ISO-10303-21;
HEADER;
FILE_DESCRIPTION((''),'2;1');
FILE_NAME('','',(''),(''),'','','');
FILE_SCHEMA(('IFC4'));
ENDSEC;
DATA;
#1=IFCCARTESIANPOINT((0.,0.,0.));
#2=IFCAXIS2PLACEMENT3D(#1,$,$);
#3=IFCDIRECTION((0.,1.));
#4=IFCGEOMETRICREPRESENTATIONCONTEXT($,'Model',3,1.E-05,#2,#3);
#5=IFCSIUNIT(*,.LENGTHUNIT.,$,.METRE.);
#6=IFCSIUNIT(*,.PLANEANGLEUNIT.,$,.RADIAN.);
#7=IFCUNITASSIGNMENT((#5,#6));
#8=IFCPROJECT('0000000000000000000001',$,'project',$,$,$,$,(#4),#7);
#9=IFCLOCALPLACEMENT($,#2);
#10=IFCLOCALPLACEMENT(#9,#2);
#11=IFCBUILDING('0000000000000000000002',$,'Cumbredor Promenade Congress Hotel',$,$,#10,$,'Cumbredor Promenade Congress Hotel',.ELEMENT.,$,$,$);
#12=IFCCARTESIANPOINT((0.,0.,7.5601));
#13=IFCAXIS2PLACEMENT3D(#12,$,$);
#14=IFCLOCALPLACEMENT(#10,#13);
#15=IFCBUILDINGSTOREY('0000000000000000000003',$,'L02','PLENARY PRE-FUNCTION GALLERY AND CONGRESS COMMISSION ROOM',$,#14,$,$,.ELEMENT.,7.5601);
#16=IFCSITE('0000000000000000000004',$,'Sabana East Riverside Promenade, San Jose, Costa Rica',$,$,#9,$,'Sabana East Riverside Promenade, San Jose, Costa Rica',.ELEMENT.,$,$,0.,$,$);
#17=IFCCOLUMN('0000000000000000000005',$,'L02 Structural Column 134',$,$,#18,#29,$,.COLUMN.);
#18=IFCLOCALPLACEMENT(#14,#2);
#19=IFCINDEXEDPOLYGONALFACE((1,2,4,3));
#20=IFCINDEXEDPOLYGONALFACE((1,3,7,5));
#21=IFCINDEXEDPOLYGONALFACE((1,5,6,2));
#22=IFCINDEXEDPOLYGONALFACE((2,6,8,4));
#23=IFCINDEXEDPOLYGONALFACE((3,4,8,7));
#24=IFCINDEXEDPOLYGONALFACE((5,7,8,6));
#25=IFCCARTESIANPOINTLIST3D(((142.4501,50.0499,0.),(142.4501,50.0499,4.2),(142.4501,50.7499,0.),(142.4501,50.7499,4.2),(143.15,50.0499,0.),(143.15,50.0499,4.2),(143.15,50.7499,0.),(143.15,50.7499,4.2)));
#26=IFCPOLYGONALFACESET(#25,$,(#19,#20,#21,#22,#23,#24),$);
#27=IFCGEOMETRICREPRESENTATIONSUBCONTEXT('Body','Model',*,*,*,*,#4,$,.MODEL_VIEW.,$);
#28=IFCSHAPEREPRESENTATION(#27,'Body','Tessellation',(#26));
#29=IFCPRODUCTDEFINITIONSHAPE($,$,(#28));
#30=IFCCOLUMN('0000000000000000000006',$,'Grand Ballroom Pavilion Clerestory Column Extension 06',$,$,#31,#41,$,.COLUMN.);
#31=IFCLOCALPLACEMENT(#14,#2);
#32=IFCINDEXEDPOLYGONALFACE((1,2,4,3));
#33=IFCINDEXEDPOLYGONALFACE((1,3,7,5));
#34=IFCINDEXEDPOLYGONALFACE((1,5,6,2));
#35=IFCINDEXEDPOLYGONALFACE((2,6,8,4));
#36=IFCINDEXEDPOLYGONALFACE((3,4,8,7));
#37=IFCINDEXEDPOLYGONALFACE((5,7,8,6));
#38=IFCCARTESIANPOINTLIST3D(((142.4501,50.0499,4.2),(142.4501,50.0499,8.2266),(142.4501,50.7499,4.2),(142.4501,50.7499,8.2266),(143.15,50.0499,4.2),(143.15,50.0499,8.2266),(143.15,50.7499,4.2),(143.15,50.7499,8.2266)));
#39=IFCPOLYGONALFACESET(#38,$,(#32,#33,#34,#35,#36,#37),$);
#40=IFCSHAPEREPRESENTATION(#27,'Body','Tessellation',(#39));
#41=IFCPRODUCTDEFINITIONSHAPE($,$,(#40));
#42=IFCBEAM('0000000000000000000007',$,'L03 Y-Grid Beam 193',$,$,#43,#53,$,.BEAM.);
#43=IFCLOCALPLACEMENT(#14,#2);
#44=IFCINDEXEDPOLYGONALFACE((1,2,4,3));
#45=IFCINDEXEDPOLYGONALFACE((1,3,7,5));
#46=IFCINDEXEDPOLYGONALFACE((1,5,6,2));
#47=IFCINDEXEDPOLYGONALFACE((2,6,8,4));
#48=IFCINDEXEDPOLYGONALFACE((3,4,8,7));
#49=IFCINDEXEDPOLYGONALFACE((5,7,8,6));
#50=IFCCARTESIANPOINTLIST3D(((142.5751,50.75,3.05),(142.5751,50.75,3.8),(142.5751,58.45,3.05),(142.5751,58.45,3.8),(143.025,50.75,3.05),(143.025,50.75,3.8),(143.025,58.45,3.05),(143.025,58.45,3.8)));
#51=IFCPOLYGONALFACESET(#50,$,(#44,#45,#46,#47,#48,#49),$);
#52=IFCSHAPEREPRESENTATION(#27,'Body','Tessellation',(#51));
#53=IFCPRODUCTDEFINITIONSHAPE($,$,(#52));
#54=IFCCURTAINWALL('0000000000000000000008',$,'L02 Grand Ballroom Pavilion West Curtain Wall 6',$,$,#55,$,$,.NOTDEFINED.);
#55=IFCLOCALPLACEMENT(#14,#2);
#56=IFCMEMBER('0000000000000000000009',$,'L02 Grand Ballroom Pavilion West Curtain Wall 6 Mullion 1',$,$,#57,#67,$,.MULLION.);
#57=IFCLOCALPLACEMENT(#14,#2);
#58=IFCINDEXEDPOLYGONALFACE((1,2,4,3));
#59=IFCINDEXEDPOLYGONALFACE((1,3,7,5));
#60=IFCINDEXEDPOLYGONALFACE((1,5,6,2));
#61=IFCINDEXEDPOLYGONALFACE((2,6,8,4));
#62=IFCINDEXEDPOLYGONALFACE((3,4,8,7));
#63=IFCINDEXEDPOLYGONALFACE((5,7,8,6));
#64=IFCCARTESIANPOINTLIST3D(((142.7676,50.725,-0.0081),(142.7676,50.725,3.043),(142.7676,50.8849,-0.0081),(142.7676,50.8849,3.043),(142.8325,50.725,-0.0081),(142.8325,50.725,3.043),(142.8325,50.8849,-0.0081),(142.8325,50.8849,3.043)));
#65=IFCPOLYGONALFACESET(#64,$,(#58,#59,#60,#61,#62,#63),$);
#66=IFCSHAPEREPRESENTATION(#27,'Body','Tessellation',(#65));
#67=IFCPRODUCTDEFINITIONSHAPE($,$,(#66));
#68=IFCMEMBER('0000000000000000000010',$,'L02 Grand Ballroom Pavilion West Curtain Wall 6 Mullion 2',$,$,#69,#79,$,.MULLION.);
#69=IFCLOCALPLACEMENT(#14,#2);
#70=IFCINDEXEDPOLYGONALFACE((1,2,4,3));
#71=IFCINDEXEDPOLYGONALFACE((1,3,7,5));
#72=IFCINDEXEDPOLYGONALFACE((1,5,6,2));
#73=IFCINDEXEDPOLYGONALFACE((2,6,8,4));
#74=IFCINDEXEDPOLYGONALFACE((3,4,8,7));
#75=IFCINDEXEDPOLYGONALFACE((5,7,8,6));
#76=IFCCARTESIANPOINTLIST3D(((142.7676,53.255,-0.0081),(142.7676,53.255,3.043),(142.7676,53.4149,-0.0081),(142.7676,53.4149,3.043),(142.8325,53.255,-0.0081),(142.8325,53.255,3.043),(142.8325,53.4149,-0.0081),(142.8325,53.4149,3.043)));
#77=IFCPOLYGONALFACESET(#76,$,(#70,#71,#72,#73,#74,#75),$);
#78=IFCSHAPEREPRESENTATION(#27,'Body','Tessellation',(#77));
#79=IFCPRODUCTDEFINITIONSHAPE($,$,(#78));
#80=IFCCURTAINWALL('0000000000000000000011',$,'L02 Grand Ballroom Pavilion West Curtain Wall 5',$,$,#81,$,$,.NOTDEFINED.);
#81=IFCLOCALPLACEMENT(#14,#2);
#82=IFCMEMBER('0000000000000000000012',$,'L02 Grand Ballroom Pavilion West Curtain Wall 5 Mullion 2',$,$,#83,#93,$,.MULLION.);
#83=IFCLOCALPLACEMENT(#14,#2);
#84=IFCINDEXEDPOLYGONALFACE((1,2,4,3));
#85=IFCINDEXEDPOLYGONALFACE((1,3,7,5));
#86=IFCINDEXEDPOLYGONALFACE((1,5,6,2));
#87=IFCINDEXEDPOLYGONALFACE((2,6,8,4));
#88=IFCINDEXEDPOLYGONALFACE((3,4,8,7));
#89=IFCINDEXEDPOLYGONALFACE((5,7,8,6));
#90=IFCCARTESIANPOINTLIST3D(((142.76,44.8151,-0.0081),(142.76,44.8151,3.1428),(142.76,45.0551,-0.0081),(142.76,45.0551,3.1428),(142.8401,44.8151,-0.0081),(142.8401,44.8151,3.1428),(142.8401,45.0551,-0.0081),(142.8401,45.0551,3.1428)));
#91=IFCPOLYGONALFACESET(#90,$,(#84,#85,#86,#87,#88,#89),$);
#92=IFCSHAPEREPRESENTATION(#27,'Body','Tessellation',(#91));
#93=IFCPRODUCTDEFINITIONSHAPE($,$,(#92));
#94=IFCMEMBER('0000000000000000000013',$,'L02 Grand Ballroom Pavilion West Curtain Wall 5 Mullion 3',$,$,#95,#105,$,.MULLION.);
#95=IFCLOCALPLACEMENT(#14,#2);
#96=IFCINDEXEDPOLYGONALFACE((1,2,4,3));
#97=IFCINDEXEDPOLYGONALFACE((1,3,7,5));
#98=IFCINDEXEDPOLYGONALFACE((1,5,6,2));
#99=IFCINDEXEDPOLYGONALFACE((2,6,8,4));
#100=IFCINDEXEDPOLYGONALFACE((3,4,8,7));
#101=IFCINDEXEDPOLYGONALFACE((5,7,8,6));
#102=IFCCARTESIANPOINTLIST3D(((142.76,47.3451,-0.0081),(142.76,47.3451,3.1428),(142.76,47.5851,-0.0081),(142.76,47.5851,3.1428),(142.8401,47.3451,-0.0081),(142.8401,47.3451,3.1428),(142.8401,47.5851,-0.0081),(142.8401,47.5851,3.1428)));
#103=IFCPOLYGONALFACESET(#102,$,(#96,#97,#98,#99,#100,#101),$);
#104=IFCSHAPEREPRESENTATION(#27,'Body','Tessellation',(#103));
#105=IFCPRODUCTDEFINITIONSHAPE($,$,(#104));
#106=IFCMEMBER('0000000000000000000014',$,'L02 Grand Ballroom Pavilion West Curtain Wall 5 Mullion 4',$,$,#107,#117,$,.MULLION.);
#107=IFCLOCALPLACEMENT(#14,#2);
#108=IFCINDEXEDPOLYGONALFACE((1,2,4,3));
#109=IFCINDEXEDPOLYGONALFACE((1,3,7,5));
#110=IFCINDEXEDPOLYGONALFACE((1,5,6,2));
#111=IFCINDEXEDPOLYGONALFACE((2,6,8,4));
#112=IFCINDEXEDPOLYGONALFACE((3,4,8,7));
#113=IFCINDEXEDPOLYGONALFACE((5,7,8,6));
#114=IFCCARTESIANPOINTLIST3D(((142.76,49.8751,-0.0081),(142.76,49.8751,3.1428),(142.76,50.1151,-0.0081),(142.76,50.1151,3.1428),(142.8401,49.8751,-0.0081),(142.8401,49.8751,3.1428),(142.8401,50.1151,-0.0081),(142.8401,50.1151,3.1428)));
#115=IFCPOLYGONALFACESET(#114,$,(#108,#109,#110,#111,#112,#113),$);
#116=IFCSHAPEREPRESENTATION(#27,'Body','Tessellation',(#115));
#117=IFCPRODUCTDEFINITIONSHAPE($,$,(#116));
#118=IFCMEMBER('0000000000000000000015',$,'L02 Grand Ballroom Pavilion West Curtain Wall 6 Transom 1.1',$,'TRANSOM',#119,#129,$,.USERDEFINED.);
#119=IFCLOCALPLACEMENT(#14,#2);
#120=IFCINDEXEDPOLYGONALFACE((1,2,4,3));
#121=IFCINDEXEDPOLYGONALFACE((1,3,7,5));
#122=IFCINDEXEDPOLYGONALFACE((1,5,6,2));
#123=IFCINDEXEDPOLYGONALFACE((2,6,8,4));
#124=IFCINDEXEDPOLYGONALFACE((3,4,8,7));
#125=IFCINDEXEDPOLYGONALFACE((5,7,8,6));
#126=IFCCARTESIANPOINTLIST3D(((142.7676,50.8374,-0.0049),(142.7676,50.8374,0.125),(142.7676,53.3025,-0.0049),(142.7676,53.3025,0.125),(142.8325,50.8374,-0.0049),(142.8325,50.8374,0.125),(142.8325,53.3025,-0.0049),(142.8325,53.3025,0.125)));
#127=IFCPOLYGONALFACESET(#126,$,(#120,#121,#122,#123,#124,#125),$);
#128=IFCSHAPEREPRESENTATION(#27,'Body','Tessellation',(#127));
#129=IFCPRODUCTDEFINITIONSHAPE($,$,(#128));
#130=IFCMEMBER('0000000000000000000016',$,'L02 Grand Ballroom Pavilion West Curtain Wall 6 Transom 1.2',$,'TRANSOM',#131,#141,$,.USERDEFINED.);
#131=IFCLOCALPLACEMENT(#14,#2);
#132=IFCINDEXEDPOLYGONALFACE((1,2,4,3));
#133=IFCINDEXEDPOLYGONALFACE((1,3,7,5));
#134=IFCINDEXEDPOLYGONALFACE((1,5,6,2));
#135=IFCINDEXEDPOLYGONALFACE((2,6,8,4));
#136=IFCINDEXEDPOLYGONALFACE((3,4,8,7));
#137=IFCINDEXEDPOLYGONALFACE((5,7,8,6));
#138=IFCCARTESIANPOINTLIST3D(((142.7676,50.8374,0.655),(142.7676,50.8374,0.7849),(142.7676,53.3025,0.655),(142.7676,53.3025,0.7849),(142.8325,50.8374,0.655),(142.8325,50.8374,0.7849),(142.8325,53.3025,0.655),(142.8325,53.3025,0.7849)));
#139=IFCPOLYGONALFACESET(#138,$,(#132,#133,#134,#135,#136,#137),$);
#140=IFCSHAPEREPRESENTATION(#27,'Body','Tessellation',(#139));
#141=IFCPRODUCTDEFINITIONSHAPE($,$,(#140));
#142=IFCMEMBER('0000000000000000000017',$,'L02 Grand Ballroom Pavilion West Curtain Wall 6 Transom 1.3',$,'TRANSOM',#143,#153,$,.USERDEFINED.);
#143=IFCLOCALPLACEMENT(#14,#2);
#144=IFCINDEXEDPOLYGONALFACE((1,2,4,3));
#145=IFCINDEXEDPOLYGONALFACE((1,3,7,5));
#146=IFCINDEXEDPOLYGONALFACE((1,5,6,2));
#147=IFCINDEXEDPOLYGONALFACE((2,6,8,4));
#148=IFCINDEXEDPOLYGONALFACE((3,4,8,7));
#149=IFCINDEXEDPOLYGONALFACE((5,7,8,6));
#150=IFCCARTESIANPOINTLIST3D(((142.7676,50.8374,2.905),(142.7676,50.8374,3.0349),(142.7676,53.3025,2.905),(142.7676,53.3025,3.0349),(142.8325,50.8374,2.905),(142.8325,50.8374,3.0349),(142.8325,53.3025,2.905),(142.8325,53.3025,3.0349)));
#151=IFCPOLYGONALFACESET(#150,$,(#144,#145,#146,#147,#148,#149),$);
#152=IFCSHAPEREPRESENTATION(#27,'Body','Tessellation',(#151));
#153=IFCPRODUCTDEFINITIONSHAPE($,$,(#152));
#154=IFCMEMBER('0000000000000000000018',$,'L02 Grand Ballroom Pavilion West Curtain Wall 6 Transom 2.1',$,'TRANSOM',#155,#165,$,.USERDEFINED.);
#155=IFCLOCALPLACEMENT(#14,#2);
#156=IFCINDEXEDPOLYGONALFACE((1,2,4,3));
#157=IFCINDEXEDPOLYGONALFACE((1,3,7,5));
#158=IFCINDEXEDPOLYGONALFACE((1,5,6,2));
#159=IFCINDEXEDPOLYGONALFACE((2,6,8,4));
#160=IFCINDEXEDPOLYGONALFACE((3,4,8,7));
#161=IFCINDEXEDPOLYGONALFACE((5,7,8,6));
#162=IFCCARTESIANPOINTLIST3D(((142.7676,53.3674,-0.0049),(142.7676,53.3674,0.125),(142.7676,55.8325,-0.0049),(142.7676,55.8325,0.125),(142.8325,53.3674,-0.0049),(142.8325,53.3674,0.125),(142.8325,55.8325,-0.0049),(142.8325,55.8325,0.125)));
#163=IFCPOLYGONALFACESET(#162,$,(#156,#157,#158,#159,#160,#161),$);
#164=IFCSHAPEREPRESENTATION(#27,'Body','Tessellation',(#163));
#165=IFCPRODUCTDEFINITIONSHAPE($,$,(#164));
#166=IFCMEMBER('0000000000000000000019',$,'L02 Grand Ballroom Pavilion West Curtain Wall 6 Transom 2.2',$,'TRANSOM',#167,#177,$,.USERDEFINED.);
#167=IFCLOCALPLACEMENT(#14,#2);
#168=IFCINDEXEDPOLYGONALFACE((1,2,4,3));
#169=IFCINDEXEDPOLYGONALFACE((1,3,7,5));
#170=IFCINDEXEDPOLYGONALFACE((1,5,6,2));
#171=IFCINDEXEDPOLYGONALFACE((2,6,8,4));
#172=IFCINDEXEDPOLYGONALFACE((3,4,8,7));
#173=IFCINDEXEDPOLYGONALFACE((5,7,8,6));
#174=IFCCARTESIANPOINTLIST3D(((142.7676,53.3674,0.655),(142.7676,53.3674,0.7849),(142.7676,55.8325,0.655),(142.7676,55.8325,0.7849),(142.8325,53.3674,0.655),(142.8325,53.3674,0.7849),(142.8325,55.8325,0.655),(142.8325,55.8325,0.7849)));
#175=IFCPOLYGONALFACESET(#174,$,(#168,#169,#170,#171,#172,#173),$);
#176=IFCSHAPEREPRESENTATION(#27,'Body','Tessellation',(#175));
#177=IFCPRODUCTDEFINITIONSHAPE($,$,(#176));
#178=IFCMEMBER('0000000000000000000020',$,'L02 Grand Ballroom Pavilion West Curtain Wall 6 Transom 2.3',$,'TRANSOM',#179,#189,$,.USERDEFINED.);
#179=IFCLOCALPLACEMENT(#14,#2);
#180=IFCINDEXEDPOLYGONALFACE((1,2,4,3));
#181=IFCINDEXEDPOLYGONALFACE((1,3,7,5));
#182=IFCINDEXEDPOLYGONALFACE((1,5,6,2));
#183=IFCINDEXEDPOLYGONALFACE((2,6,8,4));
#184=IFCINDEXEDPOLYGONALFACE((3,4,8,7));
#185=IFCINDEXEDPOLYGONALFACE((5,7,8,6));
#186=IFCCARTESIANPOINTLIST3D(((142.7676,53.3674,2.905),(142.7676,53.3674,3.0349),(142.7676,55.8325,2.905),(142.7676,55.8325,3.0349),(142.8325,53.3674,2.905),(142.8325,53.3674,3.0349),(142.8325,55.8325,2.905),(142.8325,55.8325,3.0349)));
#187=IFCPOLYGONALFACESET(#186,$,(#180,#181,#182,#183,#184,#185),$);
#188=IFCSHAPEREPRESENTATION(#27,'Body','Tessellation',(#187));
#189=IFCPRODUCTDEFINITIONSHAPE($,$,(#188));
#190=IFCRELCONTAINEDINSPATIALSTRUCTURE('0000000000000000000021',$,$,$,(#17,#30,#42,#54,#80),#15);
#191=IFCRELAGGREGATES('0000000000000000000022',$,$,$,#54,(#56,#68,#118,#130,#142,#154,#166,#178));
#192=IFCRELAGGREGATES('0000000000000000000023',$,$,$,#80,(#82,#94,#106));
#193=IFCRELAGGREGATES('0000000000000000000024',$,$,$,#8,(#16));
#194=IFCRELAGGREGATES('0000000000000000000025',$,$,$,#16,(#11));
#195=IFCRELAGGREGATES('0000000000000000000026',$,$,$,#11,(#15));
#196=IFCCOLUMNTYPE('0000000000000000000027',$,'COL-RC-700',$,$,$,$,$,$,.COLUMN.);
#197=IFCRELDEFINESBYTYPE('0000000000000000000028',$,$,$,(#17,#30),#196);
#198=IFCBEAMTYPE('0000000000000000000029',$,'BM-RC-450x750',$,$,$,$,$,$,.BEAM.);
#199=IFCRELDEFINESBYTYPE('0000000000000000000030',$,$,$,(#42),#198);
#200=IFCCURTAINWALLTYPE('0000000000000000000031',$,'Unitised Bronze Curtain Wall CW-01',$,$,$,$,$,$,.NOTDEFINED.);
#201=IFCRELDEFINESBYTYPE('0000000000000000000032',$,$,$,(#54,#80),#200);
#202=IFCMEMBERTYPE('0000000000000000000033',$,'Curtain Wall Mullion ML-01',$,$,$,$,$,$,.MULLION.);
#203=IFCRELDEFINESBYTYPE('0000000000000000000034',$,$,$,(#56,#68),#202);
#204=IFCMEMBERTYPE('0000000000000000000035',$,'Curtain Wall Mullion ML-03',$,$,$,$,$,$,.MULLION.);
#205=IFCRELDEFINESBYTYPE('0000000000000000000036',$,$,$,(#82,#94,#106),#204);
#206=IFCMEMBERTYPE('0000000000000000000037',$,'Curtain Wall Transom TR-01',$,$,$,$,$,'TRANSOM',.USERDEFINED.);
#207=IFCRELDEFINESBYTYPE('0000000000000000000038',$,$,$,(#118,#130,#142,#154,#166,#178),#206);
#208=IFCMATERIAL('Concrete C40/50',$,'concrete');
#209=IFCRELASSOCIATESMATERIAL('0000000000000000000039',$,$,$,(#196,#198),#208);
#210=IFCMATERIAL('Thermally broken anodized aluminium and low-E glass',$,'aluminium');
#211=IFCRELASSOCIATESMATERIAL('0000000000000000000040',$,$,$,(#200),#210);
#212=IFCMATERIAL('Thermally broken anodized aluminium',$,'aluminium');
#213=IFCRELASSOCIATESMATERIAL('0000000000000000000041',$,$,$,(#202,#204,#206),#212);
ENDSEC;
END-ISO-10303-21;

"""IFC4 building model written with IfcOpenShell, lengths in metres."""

from ifc_helpers import new_model, si_unit, direction, frame, origin, origin_2d, place, context, subcontext, project, spatial, rectangle, extrude, material, material_profile, profile_set, type_object, element, aggregate, save


model = new_model("IFC4")

# Units and contexts
model_context = context("Model", 3, precision=1e-05, world=origin(), true_north=direction((0.0, 1.0)))
body_context = subcontext(model_context, "Body", "Model", "MODEL_VIEW")
ifc_project = project(units=[si_unit("LENGTHUNIT", "METRE"), si_unit("PLANEANGLEUNIT", "RADIAN")], contexts=[model_context])

# Site, building, storey
site_placement = place(None, origin())
site = spatial("IfcSite", under=ifc_project, at=site_placement, Name="Sabana East Riverside Promenade, San Jose, Costa Rica", LongName="Sabana East Riverside Promenade, San Jose, Costa Rica", CompositionType="ELEMENT", RefElevation=0.0)
building_placement = place(site_placement, origin())
building = spatial("IfcBuilding", under=site, at=building_placement, Name="Cumbredor Promenade Congress Hotel", LongName="Cumbredor Promenade Congress Hotel", CompositionType="ELEMENT")
storey_placement = place(building_placement, frame((0.0, 0.0, 7.5601)))
storey = spatial("IfcBuildingStorey", under=building, at=storey_placement, Name="L02", Description="PLENARY PRE-FUNCTION GALLERY AND CONGRESS COMMISSION ROOM", CompositionType="ELEMENT", Elevation=7.5601)

# Columns
ifc_material_1 = material(Name="Concrete C40/50", Category="concrete")
ifc_material_profile_1 = material_profile(ifc_material_1, rectangle(XDim=0.7, YDim=0.7, at=origin_2d()), Name="RC 700x700")
ifc_profile_set_1 = profile_set([ifc_material_profile_1], Name="Concrete C40/50")
column_type = type_object("IfcColumnType", Name="COL-RC-700", PredefinedType="COLUMN", material=ifc_profile_set_1)
column_1_placement = place(storey_placement, frame((142.8, 50.3999, 0.0), z_axis=(0.0, 0.0, 1.0), x_axis=(1.0, 0.0, 0.0)))
element("IfcColumn", 1, at=column_1_placement, inside=storey, type_object=column_type, Name="L02 Structural Column 134", PredefinedType="COLUMN", context=body_context, shape_type="SweptSolid", body=[
    extrude(rectangle(XDim=0.7, YDim=0.7, at=origin_2d()), origin(), (0.0, 0.0, 1.0), 4.2),
])
column_2_placement = place(storey_placement, frame((142.8, 50.3999, 4.2), z_axis=(0.0, 0.0, 1.0), x_axis=(1.0, 0.0, 0.0)))
element("IfcColumn", 2, at=column_2_placement, inside=storey, type_object=column_type, Name="Grand Ballroom Pavilion Clerestory Column Extension 06", PredefinedType="COLUMN", context=body_context, shape_type="SweptSolid", body=[
    extrude(rectangle(XDim=0.7, YDim=0.7, at=origin_2d()), origin(), (0.0, 0.0, 1.0), 4.0266),
])

# Beam
ifc_material_profile_2 = material_profile(ifc_material_1, rectangle(XDim=0.45, YDim=0.75, at=origin_2d()), Name="RC BEAM 450x750")
ifc_profile_set_2 = profile_set([ifc_material_profile_2], Name="Concrete C40/50")
beam_type = type_object("IfcBeamType", Name="BM-RC-450x750", PredefinedType="BEAM", material=ifc_profile_set_2)
beam_placement = place(storey_placement, frame((142.8, 50.75, 3.425), z_axis=(0.0, 1.0, 0.0), x_axis=(-1.0, 0.0, 0.0)))
element("IfcBeam", 3, at=beam_placement, inside=storey, type_object=beam_type, Name="L03 Y-Grid Beam 193", PredefinedType="BEAM", context=body_context, shape_type="SweptSolid", body=[
    extrude(rectangle(XDim=0.45, YDim=0.75, at=origin_2d()), origin(), (0.0, 0.0, 1.0), 7.7),
])

# Curtain walls, members
ifc_material_2 = material(Name="Thermally broken anodized aluminium and low-E glass", Category="aluminium")
curtain_wall_type = type_object("IfcCurtainWallType", Name="Unitised Bronze Curtain Wall CW-01", PredefinedType="NOTDEFINED", material=ifc_material_2)
curtain_wall_1_placement = place(storey_placement, origin())
curtain_wall_1 = element("IfcCurtainWall", 4, at=curtain_wall_1_placement, inside=storey, type_object=curtain_wall_type, Name="L02 Grand Ballroom Pavilion West Curtain Wall 6", PredefinedType="NOTDEFINED")
ifc_material_3 = material(Name="Thermally broken anodized aluminium", Category="aluminium")
ifc_material_profile_3 = material_profile(ifc_material_3, rectangle(XDim=0.0649, YDim=0.1599, at=origin_2d()), Name="ALU MULLION 65x160")
ifc_profile_set_3 = profile_set([ifc_material_profile_3], Name="Thermally broken anodized aluminium")
member_type_1 = type_object("IfcMemberType", Name="Curtain Wall Mullion ML-01", PredefinedType="MULLION", material=ifc_profile_set_3)
member_1_placement = place(storey_placement, frame((142.8, 50.8049, -0.0081), z_axis=(0.0, 0.0, 1.0), x_axis=(1.0, 0.0, 0.0)))
member_1 = element("IfcMember", 5, at=member_1_placement, type_object=member_type_1, Name="L02 Grand Ballroom Pavilion West Curtain Wall 6 Mullion 1", PredefinedType="MULLION", context=body_context, shape_type="SweptSolid", body=[
    extrude(rectangle(XDim=0.0649, YDim=0.1599, at=origin_2d()), origin(), (0.0, 0.0, 1.0), 3.051),
])
member_2_placement = place(storey_placement, frame((142.8, 53.335, -0.0081), z_axis=(0.0, 0.0, 1.0), x_axis=(1.0, 0.0, 0.0)))
member_2 = element("IfcMember", 6, at=member_2_placement, type_object=member_type_1, Name="L02 Grand Ballroom Pavilion West Curtain Wall 6 Mullion 2", PredefinedType="MULLION", context=body_context, shape_type="SweptSolid", body=[
    extrude(rectangle(XDim=0.0649, YDim=0.1599, at=origin_2d()), origin(), (0.0, 0.0, 1.0), 3.051),
])
curtain_wall_2_placement = place(storey_placement, origin())
curtain_wall_2 = element("IfcCurtainWall", 7, at=curtain_wall_2_placement, inside=storey, type_object=curtain_wall_type, Name="L02 Grand Ballroom Pavilion West Curtain Wall 5", PredefinedType="NOTDEFINED")
ifc_material_profile_4 = material_profile(ifc_material_3, rectangle(XDim=0.0801, YDim=0.24, at=origin_2d()), Name="ALU MULLION 80x240")
ifc_profile_set_4 = profile_set([ifc_material_profile_4], Name="Thermally broken anodized aluminium")
member_type_2 = type_object("IfcMemberType", Name="Curtain Wall Mullion ML-03", PredefinedType="MULLION", material=ifc_profile_set_4)
member_3_placement = place(storey_placement, frame((142.8, 44.9351, -0.0081), z_axis=(0.0, 0.0, 1.0), x_axis=(1.0, 0.0, 0.0)))
member_3 = element("IfcMember", 8, at=member_3_placement, type_object=member_type_2, Name="L02 Grand Ballroom Pavilion West Curtain Wall 5 Mullion 2", PredefinedType="MULLION", context=body_context, shape_type="SweptSolid", body=[
    extrude(rectangle(XDim=0.0801, YDim=0.24, at=origin_2d()), origin(), (0.0, 0.0, 1.0), 3.1509),
])
member_4_placement = place(storey_placement, frame((142.8, 47.4651, -0.0081), z_axis=(0.0, 0.0, 1.0), x_axis=(1.0, 0.0, 0.0)))
member_4 = element("IfcMember", 9, at=member_4_placement, type_object=member_type_2, Name="L02 Grand Ballroom Pavilion West Curtain Wall 5 Mullion 3", PredefinedType="MULLION", context=body_context, shape_type="SweptSolid", body=[
    extrude(rectangle(XDim=0.0801, YDim=0.24, at=origin_2d()), origin(), (0.0, 0.0, 1.0), 3.1509),
])
member_5_placement = place(storey_placement, frame((142.8, 49.9951, -0.0081), z_axis=(0.0, 0.0, 1.0), x_axis=(1.0, 0.0, 0.0)))
member_5 = element("IfcMember", 10, at=member_5_placement, type_object=member_type_2, Name="L02 Grand Ballroom Pavilion West Curtain Wall 5 Mullion 4", PredefinedType="MULLION", context=body_context, shape_type="SweptSolid", body=[
    extrude(rectangle(XDim=0.0801, YDim=0.24, at=origin_2d()), origin(), (0.0, 0.0, 1.0), 3.1509),
])

# Members
ifc_material_profile_5 = material_profile(ifc_material_3, rectangle(XDim=0.0649, YDim=0.1299, at=origin_2d()), Name="ALU TRANSOM 65x130")
ifc_profile_set_5 = profile_set([ifc_material_profile_5], Name="Thermally broken anodized aluminium")
member_type_3 = type_object("IfcMemberType", Name="Curtain Wall Transom TR-01", ElementType="TRANSOM", PredefinedType="USERDEFINED", material=ifc_profile_set_5)
member_6_placement = place(storey_placement, frame((142.8, 50.8374, 0.0601), z_axis=(0.0, 1.0, 0.0), x_axis=(-1.0, 0.0, 0.0)))
member_6 = element("IfcMember", 11, at=member_6_placement, type_object=member_type_3, Name="L02 Grand Ballroom Pavilion West Curtain Wall 6 Transom 1.1", ObjectType="TRANSOM", PredefinedType="USERDEFINED", context=body_context, shape_type="SweptSolid", body=[
    extrude(rectangle(XDim=0.0649, YDim=0.1299, at=origin_2d()), origin(), (0.0, 0.0, 1.0), 2.4651),
])
member_7_placement = place(storey_placement, frame((142.8, 50.8374, 0.72), z_axis=(0.0, 1.0, 0.0), x_axis=(-1.0, 0.0, 0.0)))
member_7 = element("IfcMember", 12, at=member_7_placement, type_object=member_type_3, Name="L02 Grand Ballroom Pavilion West Curtain Wall 6 Transom 1.2", ObjectType="TRANSOM", PredefinedType="USERDEFINED", context=body_context, shape_type="SweptSolid", body=[
    extrude(rectangle(XDim=0.0649, YDim=0.1299, at=origin_2d()), origin(), (0.0, 0.0, 1.0), 2.4651),
])
member_8_placement = place(storey_placement, frame((142.8, 50.8374, 2.97), z_axis=(0.0, 1.0, 0.0), x_axis=(-1.0, 0.0, 0.0)))
member_8 = element("IfcMember", 13, at=member_8_placement, type_object=member_type_3, Name="L02 Grand Ballroom Pavilion West Curtain Wall 6 Transom 1.3", ObjectType="TRANSOM", PredefinedType="USERDEFINED", context=body_context, shape_type="SweptSolid", body=[
    extrude(rectangle(XDim=0.0649, YDim=0.1299, at=origin_2d()), origin(), (0.0, 0.0, 1.0), 2.4651),
])
member_9_placement = place(storey_placement, frame((142.8, 53.3674, 0.0601), z_axis=(0.0, 1.0, 0.0), x_axis=(-1.0, 0.0, 0.0)))
member_9 = element("IfcMember", 14, at=member_9_placement, type_object=member_type_3, Name="L02 Grand Ballroom Pavilion West Curtain Wall 6 Transom 2.1", ObjectType="TRANSOM", PredefinedType="USERDEFINED", context=body_context, shape_type="SweptSolid", body=[
    extrude(rectangle(XDim=0.0649, YDim=0.1299, at=origin_2d()), origin(), (0.0, 0.0, 1.0), 2.4651),
])
member_10_placement = place(storey_placement, frame((142.8, 53.3674, 0.72), z_axis=(0.0, 1.0, 0.0), x_axis=(-1.0, 0.0, 0.0)))
member_10 = element("IfcMember", 15, at=member_10_placement, type_object=member_type_3, Name="L02 Grand Ballroom Pavilion West Curtain Wall 6 Transom 2.2", ObjectType="TRANSOM", PredefinedType="USERDEFINED", context=body_context, shape_type="SweptSolid", body=[
    extrude(rectangle(XDim=0.0649, YDim=0.1299, at=origin_2d()), origin(), (0.0, 0.0, 1.0), 2.4651),
])
member_11_placement = place(storey_placement, frame((142.8, 53.3674, 2.97), z_axis=(0.0, 1.0, 0.0), x_axis=(-1.0, 0.0, 0.0)))
member_11 = element("IfcMember", 16, at=member_11_placement, type_object=member_type_3, Name="L02 Grand Ballroom Pavilion West Curtain Wall 6 Transom 2.3", ObjectType="TRANSOM", PredefinedType="USERDEFINED", context=body_context, shape_type="SweptSolid", body=[
    extrude(rectangle(XDim=0.0649, YDim=0.1299, at=origin_2d()), origin(), (0.0, 0.0, 1.0), 2.4651),
])

aggregate(curtain_wall_1, [member_1, member_2, member_6, member_7, member_8, member_9, member_10, member_11])
aggregate(curtain_wall_2, [member_3, member_4, member_5])

save(model, "model.ifc")
